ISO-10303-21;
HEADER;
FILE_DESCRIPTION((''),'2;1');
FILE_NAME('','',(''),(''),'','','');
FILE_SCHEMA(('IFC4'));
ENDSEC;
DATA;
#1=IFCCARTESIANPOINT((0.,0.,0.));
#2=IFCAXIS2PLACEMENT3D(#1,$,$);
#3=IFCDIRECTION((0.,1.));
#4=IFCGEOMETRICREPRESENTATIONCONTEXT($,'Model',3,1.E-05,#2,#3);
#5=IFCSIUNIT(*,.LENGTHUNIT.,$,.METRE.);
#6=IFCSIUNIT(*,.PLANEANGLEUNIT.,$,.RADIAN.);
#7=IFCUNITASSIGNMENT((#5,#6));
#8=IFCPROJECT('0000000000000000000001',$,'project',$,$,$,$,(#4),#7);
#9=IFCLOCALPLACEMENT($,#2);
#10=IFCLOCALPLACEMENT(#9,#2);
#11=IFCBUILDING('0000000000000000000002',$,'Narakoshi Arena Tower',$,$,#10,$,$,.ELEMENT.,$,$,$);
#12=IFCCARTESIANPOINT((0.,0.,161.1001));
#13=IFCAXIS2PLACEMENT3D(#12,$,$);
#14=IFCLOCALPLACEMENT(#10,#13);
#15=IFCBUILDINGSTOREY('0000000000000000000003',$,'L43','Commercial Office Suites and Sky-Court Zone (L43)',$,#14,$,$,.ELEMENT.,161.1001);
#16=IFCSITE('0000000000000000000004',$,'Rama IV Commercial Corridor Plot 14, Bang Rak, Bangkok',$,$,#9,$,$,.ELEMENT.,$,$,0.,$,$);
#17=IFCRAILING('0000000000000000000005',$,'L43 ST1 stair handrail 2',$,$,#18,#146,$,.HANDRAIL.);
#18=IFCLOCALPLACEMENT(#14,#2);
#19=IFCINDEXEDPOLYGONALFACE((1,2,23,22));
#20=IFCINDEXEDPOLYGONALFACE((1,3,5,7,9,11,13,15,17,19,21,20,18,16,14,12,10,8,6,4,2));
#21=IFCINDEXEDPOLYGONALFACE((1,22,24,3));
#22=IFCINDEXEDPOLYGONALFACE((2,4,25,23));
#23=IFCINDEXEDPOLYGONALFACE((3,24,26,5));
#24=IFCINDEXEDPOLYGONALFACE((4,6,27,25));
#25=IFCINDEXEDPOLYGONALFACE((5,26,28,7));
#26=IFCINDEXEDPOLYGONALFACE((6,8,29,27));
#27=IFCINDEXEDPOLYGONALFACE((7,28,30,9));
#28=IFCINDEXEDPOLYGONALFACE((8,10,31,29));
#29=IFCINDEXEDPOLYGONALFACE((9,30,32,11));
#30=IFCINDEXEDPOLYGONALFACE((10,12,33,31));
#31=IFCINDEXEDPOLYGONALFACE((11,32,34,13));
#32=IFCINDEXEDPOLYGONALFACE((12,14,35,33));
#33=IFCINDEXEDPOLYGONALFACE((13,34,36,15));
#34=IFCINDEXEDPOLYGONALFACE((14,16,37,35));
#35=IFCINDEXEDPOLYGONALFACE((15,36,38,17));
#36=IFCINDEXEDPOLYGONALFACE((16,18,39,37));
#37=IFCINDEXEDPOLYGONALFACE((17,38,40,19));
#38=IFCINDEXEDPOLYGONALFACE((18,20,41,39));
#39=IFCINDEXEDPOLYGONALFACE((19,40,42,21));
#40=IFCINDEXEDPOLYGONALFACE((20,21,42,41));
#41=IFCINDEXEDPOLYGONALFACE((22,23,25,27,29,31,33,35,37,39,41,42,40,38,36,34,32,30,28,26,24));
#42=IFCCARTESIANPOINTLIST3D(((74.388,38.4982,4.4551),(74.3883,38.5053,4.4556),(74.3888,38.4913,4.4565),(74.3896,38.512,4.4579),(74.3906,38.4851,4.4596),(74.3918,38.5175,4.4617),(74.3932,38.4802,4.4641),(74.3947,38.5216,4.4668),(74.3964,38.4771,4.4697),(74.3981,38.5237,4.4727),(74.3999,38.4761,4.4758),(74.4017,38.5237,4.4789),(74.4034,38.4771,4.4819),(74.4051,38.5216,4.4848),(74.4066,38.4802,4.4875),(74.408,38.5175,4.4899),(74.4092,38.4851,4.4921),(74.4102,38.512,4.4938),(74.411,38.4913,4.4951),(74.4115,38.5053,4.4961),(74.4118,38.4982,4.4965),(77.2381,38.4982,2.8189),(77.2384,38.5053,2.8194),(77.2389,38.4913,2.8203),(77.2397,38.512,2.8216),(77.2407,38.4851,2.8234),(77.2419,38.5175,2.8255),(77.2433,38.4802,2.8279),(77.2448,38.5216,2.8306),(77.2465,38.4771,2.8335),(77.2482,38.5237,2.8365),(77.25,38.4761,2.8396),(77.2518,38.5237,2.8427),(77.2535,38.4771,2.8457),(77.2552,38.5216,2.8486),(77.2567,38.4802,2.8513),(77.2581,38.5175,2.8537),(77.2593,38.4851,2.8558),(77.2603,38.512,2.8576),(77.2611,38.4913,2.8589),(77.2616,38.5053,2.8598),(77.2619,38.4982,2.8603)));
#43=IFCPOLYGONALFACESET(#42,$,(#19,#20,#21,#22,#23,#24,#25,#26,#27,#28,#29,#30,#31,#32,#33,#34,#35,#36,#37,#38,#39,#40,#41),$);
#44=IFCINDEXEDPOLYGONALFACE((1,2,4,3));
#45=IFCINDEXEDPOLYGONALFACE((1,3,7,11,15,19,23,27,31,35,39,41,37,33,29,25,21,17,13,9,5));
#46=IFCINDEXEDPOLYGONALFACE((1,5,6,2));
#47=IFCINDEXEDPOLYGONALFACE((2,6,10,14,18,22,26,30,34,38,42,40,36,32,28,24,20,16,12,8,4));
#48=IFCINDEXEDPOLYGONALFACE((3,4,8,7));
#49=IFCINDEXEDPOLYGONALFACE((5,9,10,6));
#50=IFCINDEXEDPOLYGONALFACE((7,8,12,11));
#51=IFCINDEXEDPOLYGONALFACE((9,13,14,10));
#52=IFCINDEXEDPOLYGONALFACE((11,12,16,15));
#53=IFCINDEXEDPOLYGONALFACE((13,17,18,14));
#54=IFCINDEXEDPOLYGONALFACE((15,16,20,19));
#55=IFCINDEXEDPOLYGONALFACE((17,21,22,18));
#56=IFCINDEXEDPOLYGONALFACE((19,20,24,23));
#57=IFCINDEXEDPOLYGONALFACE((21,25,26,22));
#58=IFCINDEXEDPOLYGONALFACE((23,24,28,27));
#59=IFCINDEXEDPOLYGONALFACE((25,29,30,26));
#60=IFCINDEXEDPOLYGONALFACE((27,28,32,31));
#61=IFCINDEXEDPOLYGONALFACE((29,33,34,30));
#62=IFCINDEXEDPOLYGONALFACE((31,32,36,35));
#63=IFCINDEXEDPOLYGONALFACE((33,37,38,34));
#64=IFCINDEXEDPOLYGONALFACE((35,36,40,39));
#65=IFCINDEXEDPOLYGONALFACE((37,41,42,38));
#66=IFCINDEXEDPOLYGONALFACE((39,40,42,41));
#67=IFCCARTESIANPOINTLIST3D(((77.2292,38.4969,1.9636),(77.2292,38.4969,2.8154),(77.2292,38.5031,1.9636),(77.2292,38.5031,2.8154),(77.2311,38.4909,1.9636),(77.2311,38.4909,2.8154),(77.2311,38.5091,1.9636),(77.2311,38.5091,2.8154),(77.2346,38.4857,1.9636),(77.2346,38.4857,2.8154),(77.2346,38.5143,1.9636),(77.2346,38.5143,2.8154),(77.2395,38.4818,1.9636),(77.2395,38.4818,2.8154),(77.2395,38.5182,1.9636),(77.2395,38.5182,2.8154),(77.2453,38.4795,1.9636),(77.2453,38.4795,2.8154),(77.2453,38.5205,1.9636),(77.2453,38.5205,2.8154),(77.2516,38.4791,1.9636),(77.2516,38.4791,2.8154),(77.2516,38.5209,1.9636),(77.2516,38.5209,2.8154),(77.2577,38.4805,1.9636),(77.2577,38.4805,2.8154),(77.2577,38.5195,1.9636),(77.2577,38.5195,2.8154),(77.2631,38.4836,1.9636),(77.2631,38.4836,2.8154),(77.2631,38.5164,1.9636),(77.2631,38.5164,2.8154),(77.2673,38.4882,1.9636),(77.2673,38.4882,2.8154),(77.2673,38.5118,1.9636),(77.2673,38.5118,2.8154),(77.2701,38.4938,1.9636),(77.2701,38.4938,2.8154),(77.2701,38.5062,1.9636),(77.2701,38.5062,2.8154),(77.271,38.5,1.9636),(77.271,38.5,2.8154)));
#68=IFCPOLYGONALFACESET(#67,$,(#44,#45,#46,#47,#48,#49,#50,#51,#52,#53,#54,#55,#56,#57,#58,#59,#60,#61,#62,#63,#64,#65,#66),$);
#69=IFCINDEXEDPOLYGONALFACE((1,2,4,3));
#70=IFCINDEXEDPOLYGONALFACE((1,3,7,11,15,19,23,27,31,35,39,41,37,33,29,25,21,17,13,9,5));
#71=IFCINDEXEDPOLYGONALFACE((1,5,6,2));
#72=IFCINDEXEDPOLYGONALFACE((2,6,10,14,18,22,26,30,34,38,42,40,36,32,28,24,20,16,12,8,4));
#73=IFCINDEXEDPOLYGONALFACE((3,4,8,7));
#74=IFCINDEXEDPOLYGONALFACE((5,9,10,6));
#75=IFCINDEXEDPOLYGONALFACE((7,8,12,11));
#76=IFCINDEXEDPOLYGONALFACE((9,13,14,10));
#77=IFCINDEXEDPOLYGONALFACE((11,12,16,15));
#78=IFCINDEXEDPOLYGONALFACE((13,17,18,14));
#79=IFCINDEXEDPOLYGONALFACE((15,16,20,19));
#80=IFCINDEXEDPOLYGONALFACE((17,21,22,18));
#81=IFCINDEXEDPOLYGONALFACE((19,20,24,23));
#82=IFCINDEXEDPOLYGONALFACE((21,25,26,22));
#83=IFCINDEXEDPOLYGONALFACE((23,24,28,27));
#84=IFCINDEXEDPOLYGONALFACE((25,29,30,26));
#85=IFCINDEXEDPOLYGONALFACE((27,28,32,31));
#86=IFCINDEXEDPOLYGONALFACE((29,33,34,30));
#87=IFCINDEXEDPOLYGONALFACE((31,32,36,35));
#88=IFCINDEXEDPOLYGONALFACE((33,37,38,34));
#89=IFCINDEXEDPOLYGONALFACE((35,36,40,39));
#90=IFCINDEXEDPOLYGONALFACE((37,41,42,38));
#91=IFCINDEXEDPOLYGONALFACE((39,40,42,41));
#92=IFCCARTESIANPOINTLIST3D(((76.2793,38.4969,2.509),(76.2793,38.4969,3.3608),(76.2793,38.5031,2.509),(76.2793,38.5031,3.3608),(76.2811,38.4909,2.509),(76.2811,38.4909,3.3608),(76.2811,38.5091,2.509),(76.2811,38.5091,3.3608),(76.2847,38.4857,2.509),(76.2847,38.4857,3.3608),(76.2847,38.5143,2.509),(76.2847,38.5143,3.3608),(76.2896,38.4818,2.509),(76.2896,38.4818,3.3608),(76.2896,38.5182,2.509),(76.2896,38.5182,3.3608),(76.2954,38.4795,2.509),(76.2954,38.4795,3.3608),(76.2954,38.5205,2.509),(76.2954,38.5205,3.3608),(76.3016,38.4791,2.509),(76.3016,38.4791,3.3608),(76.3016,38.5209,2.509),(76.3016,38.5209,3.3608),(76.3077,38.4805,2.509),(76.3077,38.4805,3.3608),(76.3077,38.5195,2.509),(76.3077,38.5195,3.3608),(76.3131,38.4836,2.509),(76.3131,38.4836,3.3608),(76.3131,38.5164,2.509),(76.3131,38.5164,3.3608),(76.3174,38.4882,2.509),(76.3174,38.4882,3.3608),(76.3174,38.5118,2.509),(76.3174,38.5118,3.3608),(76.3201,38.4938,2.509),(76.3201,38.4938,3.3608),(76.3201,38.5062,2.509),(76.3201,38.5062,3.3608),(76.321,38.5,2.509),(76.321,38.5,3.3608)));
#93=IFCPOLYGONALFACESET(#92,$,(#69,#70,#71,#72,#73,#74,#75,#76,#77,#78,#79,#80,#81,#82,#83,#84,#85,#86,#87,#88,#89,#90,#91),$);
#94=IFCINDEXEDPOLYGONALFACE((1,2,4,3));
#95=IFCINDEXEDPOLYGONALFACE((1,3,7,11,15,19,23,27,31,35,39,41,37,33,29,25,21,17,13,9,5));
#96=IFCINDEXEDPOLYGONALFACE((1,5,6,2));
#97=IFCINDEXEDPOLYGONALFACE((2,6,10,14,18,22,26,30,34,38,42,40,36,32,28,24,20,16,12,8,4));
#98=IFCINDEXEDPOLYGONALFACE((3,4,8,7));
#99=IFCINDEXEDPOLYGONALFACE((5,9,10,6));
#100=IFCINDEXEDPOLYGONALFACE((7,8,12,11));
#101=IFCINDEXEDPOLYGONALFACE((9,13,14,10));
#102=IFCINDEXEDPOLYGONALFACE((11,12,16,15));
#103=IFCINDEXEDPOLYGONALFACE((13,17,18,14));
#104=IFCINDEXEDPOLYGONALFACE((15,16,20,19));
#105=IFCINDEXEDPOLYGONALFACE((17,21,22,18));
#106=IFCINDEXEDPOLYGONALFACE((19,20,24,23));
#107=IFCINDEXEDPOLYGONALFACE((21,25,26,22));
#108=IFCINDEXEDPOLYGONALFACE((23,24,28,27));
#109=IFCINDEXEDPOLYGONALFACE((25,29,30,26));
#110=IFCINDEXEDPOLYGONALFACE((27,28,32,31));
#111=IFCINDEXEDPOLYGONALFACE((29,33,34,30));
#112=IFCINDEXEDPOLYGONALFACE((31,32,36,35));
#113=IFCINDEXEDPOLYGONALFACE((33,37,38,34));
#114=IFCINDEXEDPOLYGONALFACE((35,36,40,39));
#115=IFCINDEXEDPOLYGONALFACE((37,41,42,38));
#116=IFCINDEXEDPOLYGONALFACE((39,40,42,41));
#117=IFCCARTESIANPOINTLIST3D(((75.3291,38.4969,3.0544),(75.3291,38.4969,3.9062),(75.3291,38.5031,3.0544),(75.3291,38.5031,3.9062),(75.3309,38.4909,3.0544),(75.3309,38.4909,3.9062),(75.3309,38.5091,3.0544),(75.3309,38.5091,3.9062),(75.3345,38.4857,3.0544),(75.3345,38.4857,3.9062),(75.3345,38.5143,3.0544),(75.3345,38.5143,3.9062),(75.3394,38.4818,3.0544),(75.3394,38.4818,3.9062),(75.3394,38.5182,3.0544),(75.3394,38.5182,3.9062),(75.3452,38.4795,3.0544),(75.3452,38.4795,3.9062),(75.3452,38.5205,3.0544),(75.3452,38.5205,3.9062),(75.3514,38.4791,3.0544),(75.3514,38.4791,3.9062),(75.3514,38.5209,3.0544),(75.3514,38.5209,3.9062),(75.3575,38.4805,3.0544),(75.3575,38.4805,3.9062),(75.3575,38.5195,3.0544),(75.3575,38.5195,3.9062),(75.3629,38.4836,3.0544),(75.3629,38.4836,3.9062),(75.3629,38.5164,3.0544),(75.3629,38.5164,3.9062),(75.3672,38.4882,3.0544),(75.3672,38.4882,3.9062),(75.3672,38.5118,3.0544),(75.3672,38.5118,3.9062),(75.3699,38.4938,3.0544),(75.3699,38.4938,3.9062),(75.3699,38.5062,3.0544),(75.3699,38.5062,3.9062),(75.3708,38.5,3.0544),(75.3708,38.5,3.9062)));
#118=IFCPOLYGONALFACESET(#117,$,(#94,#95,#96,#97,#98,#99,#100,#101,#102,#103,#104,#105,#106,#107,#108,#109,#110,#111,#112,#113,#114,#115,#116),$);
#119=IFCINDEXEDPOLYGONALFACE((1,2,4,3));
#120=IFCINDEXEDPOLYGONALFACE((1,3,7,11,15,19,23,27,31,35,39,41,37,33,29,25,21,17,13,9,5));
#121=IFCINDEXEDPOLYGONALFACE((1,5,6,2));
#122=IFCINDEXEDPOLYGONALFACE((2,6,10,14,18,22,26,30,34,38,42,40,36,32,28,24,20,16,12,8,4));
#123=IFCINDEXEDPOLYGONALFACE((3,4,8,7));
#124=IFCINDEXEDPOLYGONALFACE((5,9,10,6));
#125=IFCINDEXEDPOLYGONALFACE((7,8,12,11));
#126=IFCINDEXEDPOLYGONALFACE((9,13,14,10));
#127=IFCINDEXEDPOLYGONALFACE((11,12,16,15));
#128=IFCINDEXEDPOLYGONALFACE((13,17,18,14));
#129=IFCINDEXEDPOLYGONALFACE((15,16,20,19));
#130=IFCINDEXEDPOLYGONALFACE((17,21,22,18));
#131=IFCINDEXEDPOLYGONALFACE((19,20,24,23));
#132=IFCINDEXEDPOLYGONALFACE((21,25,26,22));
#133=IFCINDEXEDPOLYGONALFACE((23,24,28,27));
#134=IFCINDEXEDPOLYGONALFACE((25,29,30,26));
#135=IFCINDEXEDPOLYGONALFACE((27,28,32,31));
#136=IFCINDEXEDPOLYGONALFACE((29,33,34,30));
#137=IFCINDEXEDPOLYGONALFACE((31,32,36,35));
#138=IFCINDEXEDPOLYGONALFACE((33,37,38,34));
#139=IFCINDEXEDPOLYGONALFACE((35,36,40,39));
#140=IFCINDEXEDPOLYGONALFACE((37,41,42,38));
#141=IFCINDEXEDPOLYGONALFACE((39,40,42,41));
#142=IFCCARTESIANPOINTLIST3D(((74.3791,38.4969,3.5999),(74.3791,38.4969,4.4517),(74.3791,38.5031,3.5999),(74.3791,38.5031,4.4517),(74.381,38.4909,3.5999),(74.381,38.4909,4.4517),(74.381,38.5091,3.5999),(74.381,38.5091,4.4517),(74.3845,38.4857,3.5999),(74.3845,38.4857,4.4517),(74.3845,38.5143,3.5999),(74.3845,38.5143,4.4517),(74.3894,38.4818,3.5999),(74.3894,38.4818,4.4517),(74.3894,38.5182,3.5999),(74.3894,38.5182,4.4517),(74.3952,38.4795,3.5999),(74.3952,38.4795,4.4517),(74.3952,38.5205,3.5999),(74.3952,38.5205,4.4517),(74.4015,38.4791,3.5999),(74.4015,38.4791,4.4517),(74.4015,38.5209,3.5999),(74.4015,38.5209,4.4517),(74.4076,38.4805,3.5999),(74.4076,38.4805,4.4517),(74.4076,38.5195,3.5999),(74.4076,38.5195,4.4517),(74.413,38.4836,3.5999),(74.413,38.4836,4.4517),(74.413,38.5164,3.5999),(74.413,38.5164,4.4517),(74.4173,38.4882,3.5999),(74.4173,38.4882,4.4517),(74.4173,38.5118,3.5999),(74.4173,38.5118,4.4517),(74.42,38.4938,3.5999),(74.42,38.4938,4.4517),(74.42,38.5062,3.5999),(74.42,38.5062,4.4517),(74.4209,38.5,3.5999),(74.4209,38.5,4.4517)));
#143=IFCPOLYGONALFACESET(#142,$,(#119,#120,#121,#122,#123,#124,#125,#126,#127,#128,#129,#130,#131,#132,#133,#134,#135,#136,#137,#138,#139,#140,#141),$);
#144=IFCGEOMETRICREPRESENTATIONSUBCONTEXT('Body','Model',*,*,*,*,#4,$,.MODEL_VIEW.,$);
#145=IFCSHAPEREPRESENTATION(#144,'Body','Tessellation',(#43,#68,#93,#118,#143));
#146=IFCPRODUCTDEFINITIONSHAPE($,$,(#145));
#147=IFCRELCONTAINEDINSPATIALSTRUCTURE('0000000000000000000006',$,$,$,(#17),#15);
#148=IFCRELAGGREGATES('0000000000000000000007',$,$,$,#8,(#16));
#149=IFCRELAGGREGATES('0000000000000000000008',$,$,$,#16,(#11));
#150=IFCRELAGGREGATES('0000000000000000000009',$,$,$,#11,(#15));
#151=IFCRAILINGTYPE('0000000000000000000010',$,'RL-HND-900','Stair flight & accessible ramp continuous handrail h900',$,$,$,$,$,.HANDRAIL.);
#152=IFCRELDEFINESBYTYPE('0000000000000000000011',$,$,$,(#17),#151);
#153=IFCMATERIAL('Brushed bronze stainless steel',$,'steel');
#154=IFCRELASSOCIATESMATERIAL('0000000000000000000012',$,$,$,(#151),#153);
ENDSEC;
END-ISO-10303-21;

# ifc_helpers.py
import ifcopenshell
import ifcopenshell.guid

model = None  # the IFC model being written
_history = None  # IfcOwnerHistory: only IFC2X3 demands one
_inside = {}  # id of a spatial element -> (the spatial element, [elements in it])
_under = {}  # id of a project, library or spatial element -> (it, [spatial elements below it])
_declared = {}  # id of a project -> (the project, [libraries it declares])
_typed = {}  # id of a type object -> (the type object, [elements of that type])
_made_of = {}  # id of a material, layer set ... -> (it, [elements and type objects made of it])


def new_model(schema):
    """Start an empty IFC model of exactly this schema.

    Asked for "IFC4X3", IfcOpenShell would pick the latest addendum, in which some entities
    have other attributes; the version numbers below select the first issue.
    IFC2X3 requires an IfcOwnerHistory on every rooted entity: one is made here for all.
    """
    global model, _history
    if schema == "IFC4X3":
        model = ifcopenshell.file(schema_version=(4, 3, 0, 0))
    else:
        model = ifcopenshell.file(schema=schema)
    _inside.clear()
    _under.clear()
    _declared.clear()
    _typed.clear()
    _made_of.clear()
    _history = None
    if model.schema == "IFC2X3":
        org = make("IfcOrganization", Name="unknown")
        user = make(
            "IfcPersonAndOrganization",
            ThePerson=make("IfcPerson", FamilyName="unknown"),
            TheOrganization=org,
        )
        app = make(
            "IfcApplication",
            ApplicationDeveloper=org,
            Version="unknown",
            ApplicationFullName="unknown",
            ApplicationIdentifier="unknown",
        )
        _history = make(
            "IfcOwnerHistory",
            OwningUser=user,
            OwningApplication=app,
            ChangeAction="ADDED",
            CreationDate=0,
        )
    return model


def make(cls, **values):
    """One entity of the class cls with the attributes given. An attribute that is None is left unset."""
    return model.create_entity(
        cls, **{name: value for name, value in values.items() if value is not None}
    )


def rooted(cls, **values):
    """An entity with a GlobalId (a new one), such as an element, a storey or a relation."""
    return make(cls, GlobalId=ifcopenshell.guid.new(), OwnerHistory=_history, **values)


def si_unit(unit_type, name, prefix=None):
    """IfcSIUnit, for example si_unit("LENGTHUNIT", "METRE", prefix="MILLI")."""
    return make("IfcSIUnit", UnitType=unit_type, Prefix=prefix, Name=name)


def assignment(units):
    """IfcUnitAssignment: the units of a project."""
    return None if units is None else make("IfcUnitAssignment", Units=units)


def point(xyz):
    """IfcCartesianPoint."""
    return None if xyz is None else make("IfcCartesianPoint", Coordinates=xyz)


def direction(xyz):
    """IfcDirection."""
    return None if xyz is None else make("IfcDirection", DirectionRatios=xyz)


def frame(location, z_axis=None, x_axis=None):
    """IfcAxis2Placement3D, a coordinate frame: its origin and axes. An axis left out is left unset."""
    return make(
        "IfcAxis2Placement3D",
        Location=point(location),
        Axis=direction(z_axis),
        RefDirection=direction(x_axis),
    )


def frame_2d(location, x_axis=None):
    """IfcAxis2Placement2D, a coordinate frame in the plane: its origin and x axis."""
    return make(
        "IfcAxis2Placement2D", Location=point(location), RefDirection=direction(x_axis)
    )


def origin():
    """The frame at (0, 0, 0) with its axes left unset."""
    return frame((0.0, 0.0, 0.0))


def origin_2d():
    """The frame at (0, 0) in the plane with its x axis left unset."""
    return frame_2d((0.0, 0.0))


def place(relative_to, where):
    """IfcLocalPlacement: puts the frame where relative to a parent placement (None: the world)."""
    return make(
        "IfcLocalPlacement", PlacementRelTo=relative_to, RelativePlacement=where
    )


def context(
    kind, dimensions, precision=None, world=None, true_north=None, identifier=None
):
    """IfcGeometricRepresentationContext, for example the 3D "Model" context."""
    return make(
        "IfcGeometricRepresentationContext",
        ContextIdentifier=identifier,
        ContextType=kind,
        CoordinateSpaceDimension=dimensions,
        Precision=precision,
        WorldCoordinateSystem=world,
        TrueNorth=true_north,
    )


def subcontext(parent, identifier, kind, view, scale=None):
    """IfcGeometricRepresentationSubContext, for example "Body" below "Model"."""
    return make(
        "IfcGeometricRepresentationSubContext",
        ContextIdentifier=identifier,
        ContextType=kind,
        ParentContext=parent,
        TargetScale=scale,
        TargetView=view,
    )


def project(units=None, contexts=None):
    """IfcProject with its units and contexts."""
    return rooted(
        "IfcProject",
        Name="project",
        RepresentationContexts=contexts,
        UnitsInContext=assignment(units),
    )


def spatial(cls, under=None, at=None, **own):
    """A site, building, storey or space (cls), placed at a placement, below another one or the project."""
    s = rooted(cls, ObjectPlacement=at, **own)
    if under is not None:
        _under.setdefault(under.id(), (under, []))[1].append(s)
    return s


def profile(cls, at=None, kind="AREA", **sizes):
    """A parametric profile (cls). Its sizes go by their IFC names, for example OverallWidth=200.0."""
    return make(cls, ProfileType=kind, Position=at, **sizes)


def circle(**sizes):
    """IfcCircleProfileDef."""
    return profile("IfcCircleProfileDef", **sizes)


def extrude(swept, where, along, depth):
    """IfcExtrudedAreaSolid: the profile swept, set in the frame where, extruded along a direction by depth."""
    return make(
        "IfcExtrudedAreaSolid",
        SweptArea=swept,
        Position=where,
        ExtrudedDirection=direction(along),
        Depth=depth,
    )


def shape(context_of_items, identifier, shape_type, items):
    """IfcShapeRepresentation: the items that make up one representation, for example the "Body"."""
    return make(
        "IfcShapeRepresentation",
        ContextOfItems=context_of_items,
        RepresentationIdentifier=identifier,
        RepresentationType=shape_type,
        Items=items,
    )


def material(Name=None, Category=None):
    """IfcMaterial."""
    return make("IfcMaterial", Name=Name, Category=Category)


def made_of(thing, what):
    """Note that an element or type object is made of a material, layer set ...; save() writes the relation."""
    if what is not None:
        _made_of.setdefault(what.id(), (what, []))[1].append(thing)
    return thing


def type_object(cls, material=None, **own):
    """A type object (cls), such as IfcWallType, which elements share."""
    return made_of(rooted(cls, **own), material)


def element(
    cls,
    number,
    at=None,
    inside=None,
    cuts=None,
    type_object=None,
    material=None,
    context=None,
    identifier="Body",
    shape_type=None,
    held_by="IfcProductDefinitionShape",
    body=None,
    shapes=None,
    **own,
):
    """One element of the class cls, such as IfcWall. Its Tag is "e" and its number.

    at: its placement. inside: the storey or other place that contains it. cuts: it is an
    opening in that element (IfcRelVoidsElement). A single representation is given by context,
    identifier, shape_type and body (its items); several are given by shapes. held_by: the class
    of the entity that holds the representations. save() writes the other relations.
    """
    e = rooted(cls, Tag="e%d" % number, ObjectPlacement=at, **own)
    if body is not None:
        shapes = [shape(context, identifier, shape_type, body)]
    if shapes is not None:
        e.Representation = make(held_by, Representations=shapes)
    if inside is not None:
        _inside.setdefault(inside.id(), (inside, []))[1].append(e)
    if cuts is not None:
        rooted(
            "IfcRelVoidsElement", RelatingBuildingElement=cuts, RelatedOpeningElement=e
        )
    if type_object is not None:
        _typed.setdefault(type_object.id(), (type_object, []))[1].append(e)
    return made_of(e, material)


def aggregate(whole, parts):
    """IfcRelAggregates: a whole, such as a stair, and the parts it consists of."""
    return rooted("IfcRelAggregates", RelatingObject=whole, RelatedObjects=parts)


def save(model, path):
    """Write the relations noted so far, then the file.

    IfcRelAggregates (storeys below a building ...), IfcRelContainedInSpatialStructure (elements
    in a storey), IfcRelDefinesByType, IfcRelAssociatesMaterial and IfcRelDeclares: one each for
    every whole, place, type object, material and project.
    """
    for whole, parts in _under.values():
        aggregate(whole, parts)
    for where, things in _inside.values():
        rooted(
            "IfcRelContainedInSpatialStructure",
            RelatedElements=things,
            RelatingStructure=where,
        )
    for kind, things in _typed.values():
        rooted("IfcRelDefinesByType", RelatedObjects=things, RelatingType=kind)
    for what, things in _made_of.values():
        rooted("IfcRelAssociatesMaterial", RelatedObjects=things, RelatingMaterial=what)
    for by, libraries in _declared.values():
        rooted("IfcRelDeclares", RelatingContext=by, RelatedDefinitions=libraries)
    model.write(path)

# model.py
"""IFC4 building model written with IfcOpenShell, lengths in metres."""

from ifc_helpers import new_model, si_unit, direction, frame, origin, origin_2d, place, context, subcontext, project, spatial, circle, extrude, material, type_object, element, save


model = new_model("IFC4")

# Units and contexts
model_context = context("Model", 3, precision=1e-05, world=origin(), true_north=direction((0.0, 1.0)))
body_context = subcontext(model_context, "Body", "Model", "MODEL_VIEW")
ifc_project = project(units=[si_unit("LENGTHUNIT", "METRE"), si_unit("PLANEANGLEUNIT", "RADIAN")], contexts=[model_context])

# Site, building, storey
site_placement = place(None, origin())
site = spatial("IfcSite", under=ifc_project, at=site_placement, Name="Rama IV Commercial Corridor Plot 14, Bang Rak, Bangkok", CompositionType="ELEMENT", RefElevation=0.0)
building_placement = place(site_placement, origin())
building = spatial("IfcBuilding", under=site, at=building_placement, Name="Narakoshi Arena Tower", CompositionType="ELEMENT")
storey_placement = place(building_placement, frame((0.0, 0.0, 161.1001)))
storey = spatial("IfcBuildingStorey", under=building, at=storey_placement, Name="L43", Description="Commercial Office Suites and Sky-Court Zone (L43)", CompositionType="ELEMENT", Elevation=161.1001)

# Railing
ifc_material_1 = material(Name="Brushed bronze stainless steel", Category="steel")
railing_type_1 = type_object("IfcRailingType", Name="RL-HND-900", Description="Stair flight & accessible ramp continuous handrail h900", PredefinedType="HANDRAIL", material=ifc_material_1)
for number, where, name in (
    (1, (77.25, 38.5, 1.9636), "L43 ST1 stair handrail 2"),
):
    element("IfcRailing", number, at=place(storey_placement, frame(where)), inside=storey, type_object=railing_type_1, Name=name, PredefinedType="HANDRAIL", context=body_context, shape_type="SweptSolid", body=[
        extrude(circle(Radius=0.0239, at=origin_2d()), frame((0.0, 0.0, 0.876), z_axis=(-0.867245, 0.0, 0.497882), x_axis=(0.0, -1.0, 0.0)), (0.0, 0.0, 1.0), 3.2864),
        extrude(circle(Radius=0.021, at=origin_2d()), origin(), (0.0, 0.0, 1.0), 0.8518),
        extrude(circle(Radius=0.021, at=origin_2d()), frame((-0.95, 0.0, 0.5454)), (0.0, 0.0, 1.0), 0.8518),
        extrude(circle(Radius=0.021, at=origin_2d()), frame((-1.9001, 0.0, 1.0908)), (0.0, 0.0, 1.0), 0.8518),
        extrude(circle(Radius=0.021, at=origin_2d()), frame((-2.8501, 0.0, 1.6362)), (0.0, 0.0, 1.0), 0.8518),
    ])

save(model, "model.ifc")
